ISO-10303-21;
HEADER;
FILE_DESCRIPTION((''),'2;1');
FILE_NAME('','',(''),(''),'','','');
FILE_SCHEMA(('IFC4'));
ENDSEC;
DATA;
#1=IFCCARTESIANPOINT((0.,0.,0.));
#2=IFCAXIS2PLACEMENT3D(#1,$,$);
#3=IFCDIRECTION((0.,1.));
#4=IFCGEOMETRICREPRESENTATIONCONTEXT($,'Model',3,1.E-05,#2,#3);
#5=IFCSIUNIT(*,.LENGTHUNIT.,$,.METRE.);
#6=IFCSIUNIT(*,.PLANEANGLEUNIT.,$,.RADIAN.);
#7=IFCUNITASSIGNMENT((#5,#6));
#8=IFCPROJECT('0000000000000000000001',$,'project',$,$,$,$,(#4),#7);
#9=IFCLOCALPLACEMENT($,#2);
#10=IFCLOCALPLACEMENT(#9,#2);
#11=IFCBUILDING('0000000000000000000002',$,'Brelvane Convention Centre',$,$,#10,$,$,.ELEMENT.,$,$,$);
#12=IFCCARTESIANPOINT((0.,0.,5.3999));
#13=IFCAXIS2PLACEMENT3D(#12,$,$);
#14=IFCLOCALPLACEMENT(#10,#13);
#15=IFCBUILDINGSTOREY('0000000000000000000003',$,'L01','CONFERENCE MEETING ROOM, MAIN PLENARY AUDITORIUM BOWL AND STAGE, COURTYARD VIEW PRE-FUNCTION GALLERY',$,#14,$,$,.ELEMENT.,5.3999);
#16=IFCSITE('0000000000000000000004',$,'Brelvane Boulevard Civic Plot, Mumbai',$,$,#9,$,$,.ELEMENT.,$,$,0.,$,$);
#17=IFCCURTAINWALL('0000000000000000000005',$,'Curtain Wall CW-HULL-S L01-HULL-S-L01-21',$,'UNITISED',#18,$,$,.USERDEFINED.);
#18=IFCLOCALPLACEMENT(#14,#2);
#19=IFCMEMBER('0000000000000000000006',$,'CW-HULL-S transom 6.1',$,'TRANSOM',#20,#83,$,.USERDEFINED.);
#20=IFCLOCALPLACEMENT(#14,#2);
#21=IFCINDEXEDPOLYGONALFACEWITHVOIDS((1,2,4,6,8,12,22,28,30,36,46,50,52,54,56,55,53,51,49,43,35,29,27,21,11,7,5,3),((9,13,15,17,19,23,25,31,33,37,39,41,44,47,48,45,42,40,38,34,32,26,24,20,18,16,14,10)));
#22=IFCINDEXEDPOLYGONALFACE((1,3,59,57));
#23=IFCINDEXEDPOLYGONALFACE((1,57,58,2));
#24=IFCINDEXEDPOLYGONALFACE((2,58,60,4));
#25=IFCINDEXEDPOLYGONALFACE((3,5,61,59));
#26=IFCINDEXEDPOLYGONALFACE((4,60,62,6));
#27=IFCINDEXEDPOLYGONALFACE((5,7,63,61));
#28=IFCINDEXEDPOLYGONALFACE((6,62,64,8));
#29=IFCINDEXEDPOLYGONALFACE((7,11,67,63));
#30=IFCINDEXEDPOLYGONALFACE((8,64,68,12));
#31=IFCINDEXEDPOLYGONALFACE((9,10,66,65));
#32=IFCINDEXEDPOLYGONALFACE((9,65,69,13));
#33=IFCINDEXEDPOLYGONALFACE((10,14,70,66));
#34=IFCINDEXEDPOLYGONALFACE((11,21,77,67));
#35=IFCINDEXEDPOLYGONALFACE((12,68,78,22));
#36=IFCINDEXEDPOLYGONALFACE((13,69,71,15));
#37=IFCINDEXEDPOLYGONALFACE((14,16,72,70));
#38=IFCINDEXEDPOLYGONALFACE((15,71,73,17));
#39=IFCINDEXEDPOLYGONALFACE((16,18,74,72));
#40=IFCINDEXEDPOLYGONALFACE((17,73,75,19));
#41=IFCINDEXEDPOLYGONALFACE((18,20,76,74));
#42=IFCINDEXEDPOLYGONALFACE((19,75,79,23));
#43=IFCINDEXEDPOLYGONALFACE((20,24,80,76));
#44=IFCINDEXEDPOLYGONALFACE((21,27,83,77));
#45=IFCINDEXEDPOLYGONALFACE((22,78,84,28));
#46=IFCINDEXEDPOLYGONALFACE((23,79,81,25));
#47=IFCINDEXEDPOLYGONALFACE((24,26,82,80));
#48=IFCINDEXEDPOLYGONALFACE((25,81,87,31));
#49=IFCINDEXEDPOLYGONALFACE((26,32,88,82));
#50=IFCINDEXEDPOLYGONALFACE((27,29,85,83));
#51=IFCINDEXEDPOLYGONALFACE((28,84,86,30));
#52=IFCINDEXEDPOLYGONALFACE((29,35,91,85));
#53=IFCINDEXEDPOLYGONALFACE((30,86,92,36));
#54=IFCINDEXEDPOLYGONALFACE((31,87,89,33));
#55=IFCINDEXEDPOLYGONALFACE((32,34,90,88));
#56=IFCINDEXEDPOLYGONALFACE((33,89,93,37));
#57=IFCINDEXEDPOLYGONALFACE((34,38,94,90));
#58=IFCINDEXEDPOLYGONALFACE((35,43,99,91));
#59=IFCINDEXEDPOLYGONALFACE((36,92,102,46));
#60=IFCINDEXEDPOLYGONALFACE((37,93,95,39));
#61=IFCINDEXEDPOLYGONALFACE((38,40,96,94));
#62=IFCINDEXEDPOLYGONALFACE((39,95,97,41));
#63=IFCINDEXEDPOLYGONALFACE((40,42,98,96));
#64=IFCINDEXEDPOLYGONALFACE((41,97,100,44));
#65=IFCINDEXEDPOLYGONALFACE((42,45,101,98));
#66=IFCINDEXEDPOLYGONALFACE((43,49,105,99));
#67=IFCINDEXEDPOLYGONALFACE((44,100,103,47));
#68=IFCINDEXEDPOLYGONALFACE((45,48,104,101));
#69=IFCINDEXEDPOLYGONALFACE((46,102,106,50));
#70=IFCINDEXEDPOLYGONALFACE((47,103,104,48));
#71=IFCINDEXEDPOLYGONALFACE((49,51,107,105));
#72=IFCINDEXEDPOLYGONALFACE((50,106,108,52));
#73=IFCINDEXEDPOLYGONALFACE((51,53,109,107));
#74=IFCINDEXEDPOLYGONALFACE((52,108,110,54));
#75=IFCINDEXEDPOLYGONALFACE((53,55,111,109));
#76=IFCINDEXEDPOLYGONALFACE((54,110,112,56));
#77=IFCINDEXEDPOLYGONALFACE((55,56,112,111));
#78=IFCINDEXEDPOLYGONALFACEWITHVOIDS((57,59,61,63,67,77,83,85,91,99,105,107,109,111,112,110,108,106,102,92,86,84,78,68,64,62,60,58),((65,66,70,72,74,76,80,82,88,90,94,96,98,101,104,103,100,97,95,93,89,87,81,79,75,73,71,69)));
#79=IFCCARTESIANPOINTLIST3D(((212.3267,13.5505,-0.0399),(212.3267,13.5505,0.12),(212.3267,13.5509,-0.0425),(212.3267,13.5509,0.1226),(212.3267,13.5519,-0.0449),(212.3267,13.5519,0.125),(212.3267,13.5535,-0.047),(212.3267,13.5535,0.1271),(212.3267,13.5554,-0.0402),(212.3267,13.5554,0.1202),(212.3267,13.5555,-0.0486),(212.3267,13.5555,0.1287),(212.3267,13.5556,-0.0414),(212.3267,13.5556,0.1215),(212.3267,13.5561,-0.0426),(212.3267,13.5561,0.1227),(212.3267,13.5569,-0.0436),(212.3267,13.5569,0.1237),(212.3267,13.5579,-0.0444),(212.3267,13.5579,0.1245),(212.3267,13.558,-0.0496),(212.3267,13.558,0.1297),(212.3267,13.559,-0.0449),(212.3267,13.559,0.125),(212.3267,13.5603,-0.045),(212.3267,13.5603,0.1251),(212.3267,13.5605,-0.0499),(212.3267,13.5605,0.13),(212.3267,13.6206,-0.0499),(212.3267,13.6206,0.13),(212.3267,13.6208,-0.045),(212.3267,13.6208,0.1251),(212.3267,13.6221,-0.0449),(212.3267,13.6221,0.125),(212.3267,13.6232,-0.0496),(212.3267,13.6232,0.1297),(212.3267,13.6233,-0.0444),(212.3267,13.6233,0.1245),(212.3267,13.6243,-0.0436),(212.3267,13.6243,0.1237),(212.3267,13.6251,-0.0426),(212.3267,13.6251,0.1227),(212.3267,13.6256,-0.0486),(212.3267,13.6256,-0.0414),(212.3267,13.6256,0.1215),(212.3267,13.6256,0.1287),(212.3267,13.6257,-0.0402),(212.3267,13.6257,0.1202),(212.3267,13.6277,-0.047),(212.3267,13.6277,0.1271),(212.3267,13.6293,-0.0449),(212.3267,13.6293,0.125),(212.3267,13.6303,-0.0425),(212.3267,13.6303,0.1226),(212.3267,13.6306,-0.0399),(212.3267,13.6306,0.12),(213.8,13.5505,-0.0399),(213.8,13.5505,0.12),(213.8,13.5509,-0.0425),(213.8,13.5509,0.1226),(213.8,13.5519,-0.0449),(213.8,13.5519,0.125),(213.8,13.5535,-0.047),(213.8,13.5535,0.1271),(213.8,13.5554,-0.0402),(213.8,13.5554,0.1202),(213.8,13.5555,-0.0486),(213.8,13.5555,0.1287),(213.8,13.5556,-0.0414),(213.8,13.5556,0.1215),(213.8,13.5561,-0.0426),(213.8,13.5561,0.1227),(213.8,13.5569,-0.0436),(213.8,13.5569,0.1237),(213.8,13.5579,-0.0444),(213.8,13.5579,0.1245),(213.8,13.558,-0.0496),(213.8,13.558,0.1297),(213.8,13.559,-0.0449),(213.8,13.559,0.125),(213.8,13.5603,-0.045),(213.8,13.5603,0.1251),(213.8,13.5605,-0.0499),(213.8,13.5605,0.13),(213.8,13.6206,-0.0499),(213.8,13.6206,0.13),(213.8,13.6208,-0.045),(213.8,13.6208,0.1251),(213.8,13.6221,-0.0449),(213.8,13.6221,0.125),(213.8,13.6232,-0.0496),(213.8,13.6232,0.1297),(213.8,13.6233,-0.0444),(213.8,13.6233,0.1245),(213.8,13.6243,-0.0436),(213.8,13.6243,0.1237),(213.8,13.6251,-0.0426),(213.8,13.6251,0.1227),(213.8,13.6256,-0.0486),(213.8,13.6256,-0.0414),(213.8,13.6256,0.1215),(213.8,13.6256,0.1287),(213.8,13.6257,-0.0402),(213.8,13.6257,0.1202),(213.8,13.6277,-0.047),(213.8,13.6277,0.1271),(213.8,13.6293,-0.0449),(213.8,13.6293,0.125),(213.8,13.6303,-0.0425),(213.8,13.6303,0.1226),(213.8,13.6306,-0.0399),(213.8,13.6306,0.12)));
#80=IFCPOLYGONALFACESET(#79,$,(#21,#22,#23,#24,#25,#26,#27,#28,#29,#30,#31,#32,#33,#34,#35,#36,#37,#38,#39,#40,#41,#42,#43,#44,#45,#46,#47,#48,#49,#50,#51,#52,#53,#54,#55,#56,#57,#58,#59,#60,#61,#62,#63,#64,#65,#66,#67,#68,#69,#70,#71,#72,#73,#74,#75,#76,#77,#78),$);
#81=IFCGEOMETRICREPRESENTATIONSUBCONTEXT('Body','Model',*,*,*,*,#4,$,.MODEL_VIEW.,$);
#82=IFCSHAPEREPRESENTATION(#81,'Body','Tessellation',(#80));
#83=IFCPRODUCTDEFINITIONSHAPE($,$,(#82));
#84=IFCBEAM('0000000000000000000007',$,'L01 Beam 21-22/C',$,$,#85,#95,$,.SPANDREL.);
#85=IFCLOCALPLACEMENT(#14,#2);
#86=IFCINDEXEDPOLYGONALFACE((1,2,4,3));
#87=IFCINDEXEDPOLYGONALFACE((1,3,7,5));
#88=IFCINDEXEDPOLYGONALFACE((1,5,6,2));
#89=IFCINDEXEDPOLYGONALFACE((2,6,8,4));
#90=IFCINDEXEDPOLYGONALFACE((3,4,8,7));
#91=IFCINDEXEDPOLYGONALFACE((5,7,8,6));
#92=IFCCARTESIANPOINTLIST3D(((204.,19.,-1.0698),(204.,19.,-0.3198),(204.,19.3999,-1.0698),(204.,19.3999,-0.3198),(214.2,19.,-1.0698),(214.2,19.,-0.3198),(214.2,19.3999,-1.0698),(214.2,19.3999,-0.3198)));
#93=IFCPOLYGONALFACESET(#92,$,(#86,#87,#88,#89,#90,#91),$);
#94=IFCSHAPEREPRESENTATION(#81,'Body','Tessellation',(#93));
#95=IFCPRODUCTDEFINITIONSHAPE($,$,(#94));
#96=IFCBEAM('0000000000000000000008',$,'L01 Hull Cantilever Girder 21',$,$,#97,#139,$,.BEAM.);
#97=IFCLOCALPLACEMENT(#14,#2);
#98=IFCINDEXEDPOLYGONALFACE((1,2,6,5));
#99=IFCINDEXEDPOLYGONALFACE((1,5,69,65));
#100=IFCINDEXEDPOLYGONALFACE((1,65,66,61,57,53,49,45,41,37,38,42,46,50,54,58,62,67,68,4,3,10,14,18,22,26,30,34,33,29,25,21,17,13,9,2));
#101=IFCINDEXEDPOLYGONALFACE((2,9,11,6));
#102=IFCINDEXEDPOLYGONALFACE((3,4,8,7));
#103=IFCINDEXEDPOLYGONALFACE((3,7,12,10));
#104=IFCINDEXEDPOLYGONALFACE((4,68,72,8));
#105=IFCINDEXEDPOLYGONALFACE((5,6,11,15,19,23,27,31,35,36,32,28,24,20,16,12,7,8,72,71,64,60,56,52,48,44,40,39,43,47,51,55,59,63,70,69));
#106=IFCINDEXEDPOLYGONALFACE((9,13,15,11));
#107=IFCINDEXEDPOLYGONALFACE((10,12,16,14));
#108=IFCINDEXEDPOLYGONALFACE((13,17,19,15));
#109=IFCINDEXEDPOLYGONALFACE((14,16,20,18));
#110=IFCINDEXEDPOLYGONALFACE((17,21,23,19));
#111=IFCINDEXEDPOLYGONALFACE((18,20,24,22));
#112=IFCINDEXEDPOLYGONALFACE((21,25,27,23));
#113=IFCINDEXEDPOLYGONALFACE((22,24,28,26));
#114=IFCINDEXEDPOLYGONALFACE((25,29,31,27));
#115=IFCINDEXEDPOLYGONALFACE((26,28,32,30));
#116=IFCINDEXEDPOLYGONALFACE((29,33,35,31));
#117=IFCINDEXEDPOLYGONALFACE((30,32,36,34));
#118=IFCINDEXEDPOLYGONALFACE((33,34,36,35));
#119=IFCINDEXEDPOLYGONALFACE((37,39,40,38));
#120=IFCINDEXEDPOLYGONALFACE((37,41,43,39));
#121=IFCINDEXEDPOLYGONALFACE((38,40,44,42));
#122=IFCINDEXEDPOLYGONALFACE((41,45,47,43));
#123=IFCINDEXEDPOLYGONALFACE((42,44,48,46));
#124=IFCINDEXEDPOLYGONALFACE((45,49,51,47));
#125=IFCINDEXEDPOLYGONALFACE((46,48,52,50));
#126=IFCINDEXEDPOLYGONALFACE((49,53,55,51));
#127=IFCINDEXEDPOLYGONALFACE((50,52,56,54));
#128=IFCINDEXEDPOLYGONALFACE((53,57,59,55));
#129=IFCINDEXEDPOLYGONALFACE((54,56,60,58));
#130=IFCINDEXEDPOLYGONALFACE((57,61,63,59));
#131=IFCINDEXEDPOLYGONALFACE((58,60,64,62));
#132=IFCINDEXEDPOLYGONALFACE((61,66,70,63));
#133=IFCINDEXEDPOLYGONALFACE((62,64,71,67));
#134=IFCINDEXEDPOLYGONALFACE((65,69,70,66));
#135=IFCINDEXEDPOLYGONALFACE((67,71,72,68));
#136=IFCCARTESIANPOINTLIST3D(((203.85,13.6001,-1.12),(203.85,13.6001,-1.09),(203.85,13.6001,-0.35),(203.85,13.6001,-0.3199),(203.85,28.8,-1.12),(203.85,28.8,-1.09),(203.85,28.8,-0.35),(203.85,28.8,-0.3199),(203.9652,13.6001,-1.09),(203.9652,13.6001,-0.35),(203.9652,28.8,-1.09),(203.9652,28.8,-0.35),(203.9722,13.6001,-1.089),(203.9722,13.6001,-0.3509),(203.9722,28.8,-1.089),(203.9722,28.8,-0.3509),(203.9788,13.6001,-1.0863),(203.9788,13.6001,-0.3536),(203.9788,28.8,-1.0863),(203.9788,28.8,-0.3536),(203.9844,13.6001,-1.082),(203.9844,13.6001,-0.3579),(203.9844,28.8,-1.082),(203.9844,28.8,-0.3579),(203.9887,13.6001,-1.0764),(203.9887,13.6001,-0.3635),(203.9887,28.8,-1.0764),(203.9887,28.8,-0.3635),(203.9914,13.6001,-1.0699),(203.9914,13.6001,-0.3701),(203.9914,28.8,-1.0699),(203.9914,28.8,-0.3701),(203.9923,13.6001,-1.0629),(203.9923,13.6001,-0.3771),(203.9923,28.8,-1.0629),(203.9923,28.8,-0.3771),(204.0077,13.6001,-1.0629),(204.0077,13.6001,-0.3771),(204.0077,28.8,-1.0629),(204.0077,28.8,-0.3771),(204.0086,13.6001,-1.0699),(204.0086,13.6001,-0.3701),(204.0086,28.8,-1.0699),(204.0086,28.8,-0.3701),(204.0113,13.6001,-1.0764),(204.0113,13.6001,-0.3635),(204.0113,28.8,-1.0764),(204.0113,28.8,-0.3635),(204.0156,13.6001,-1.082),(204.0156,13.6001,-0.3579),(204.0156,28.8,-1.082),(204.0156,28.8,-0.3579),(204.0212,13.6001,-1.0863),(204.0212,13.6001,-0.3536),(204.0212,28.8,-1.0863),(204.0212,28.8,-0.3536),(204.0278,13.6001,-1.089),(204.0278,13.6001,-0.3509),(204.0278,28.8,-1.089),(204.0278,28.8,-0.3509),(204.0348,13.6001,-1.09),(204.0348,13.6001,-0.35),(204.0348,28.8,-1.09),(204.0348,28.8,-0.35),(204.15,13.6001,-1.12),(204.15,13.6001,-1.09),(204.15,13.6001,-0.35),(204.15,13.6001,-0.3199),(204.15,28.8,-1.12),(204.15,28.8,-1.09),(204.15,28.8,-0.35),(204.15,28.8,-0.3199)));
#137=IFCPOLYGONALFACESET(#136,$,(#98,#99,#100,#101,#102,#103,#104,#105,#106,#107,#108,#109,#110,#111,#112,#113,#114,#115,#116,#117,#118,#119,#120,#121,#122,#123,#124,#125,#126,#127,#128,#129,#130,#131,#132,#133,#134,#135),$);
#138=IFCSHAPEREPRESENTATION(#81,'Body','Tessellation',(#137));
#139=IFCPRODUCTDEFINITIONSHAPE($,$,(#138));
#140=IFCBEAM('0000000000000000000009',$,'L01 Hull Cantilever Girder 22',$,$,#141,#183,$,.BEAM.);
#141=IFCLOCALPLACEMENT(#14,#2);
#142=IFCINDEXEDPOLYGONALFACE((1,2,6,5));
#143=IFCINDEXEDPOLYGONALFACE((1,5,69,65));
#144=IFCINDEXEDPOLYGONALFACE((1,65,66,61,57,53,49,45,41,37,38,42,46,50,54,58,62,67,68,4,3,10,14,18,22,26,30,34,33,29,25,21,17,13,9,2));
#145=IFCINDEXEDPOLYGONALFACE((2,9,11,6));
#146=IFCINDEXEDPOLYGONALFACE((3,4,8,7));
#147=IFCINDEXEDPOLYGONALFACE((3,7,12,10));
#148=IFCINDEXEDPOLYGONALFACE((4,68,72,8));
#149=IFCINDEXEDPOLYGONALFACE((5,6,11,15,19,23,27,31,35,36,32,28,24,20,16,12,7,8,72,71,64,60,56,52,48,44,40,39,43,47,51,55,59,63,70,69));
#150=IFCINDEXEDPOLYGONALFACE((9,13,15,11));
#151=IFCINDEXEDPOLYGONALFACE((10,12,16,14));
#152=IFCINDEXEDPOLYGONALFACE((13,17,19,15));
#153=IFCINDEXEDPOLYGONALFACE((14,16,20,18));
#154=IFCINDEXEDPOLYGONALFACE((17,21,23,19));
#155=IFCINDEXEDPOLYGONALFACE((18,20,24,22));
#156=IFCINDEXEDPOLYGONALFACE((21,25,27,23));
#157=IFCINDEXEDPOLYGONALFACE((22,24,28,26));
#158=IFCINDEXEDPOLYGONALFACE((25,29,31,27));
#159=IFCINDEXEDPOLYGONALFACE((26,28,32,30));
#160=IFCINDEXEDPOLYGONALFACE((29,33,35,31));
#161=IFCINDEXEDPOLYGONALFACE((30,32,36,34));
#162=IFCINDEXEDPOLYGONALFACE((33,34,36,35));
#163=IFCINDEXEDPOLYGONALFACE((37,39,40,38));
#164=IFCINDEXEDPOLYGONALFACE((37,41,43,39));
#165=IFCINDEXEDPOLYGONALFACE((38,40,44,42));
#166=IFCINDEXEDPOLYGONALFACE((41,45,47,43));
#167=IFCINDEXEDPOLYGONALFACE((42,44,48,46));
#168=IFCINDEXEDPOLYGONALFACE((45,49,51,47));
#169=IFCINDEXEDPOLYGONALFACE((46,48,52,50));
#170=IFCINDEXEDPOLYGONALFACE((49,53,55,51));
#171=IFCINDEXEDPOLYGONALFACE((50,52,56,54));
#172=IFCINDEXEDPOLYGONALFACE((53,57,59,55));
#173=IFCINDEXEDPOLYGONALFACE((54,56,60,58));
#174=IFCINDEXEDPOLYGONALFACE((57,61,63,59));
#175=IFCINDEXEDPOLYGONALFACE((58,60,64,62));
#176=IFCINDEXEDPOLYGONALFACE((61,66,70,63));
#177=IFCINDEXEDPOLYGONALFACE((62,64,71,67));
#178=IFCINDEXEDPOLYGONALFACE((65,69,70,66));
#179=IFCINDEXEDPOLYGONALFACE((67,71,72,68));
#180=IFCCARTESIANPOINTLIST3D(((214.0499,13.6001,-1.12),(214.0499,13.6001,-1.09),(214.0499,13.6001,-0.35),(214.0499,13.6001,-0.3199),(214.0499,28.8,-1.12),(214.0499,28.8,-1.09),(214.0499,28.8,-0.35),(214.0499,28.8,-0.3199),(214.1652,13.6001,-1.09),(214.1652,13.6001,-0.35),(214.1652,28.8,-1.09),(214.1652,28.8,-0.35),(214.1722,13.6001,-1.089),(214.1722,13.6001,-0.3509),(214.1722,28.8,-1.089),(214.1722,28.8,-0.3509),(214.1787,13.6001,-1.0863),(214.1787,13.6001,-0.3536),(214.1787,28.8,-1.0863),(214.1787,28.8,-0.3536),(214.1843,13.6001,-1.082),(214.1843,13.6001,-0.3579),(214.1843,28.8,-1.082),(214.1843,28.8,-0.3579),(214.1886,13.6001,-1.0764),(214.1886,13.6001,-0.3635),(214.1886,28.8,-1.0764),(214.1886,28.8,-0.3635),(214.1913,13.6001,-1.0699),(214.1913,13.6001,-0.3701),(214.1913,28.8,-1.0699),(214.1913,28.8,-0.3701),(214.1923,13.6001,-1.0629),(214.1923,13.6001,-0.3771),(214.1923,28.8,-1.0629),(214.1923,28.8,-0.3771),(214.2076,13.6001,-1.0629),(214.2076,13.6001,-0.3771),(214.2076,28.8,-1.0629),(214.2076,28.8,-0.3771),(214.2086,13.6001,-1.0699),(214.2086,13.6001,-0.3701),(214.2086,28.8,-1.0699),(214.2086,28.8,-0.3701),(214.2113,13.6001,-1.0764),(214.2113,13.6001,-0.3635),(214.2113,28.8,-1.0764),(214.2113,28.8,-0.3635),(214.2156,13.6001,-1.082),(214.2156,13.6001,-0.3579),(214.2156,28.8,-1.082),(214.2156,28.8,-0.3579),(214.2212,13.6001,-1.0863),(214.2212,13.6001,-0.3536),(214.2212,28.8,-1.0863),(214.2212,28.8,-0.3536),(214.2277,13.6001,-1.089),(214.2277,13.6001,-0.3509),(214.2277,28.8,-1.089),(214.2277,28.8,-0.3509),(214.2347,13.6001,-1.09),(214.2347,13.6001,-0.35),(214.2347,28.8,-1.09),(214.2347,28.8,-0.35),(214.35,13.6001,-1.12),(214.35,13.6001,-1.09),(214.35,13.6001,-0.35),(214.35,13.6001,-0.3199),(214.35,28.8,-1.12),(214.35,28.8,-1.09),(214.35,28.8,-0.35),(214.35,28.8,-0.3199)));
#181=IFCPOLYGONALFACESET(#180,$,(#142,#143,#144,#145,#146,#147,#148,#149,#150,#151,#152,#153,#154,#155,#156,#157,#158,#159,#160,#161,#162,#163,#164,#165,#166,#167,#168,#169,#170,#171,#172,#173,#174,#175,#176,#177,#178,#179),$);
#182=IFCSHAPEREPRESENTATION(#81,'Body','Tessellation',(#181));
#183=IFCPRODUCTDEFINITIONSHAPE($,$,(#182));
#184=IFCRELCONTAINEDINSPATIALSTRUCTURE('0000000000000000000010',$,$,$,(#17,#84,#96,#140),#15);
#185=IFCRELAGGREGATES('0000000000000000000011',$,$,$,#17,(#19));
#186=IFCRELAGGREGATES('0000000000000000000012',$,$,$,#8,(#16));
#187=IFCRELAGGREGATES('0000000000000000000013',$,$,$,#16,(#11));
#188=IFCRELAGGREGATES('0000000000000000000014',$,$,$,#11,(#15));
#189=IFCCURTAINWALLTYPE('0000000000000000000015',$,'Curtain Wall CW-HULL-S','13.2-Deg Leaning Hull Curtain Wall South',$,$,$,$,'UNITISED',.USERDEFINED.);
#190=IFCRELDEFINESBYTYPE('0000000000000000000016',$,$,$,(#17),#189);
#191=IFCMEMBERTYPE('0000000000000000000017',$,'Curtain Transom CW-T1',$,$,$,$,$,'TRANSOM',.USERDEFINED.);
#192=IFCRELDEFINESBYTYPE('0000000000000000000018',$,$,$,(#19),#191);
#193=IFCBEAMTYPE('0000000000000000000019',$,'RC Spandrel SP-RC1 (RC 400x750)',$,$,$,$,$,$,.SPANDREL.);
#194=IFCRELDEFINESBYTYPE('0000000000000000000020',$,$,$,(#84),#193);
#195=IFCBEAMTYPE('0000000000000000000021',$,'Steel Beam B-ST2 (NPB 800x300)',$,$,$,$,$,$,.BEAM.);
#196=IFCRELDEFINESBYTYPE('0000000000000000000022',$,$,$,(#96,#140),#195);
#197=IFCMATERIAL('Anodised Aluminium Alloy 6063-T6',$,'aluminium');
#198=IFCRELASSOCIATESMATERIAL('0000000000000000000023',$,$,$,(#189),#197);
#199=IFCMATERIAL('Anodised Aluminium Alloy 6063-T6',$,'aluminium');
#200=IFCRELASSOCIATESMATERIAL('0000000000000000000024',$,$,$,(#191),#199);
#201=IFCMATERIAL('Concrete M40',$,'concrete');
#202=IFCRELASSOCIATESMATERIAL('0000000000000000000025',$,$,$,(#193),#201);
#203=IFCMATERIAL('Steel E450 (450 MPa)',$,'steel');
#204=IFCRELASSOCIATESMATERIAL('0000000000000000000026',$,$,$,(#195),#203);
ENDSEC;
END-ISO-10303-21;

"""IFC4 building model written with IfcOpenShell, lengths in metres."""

from ifc_helpers import new_model, si_unit, direction, frame, origin, origin_2d, place, context, subcontext, project, spatial, rectangle, hollow_rectangle, i_section, extrude, material, material_profile, profile_set, type_object, element, aggregate, save


model = new_model("IFC4")

# Units and contexts
model_context = context("Model", 3, precision=1e-05, world=origin(), true_north=direction((0.0, 1.0)))
body_context = subcontext(model_context, "Body", "Model", "MODEL_VIEW")
ifc_project = project(units=[si_unit("LENGTHUNIT", "METRE"), si_unit("PLANEANGLEUNIT", "RADIAN")], contexts=[model_context])

# Site, building, storey
site_placement = place(None, origin())
site = spatial("IfcSite", under=ifc_project, at=site_placement, Name="Brelvane Boulevard Civic Plot, Mumbai", CompositionType="ELEMENT", RefElevation=0.0)
building_placement = place(site_placement, origin())
building = spatial("IfcBuilding", under=site, at=building_placement, Name="Brelvane Convention Centre", CompositionType="ELEMENT")
storey_placement = place(building_placement, frame((0.0, 0.0, 5.3999)))
storey = spatial("IfcBuildingStorey", under=building, at=storey_placement, Name="L01", Description="CONFERENCE MEETING ROOM, MAIN PLENARY AUDITORIUM BOWL AND STAGE, COURTYARD VIEW PRE-FUNCTION GALLERY", CompositionType="ELEMENT", Elevation=5.3999)

# Curtain wall
ifc_material_1 = material(Name="Anodised Aluminium Alloy 6063-T6", Category="aluminium")
curtain_wall_type = type_object("IfcCurtainWallType", Name="Curtain Wall CW-HULL-S", Description="13.2-Deg Leaning Hull Curtain Wall South", ElementType="UNITISED", PredefinedType="USERDEFINED", material=ifc_material_1)
curtain_wall_1_placement = place(storey_placement, origin())
curtain_wall_1 = element("IfcCurtainWall", 1, at=curtain_wall_1_placement, inside=storey, type_object=curtain_wall_type, Name="Curtain Wall CW-HULL-S L01-HULL-S-L01-21", ObjectType="UNITISED", PredefinedType="USERDEFINED")

# Member
ifc_material_2 = material(Name="Anodised Aluminium Alloy 6063-T6", Category="aluminium")
ifc_material_profile_1 = material_profile(ifc_material_2, hollow_rectangle(XDim=0.0801, YDim=0.1799, WallThickness=0.0049, InnerFilletRadius=0.0049, OuterFilletRadius=0.01, at=origin_2d()), Name="ALU-T 180x80x5.0")
ifc_profile_set_1 = profile_set([ifc_material_profile_1], Name="Anodised Aluminium Alloy 6063-T6")
member_type_1 = type_object("IfcMemberType", Name="Curtain Transom CW-T1", ElementType="TRANSOM", PredefinedType="USERDEFINED", material=ifc_profile_set_1)
member_1_placement = place(storey_placement, frame((212.3267, 13.5906, 0.04), z_axis=(1.0, 0.0, 0.0), x_axis=(0.0, 1.0, 0.0)))
member_1 = element("IfcMember", 2, at=member_1_placement, type_object=member_type_1, Name="CW-HULL-S transom 6.1", ObjectType="TRANSOM", PredefinedType="USERDEFINED", context=body_context, shape_type="SweptSolid", body=[
    extrude(hollow_rectangle(XDim=0.0801, YDim=0.1799, WallThickness=0.0049, InnerFilletRadius=0.0049, OuterFilletRadius=0.01, at=origin_2d()), origin(), (0.0, 0.0, 1.0), 1.4734),
])
aggregate(curtain_wall_1, [member_1])

# Beams
ifc_material_3 = material(Name="Concrete M40", Category="concrete")
ifc_material_profile_2 = material_profile(ifc_material_3, rectangle(XDim=0.3999, YDim=0.75, at=origin_2d()), Name="RC 400x750")
ifc_profile_set_2 = profile_set([ifc_material_profile_2], Name="Concrete M40")
beam_type_1 = type_object("IfcBeamType", Name="RC Spandrel SP-RC1 (RC 400x750)", PredefinedType="SPANDREL", material=ifc_profile_set_2)
beam_placement = place(storey_placement, frame((204.0, 19.2, -0.6948), z_axis=(1.0, 0.0, 0.0), x_axis=(0.0, 1.0, 0.0)))
element("IfcBeam", 3, at=beam_placement, inside=storey, type_object=beam_type_1, Name="L01 Beam 21-22/C", PredefinedType="SPANDREL", context=body_context, shape_type="SweptSolid", body=[
    extrude(rectangle(XDim=0.3999, YDim=0.75, at=origin_2d()), origin(), (0.0, 0.0, 1.0), 10.2),
])
ifc_material_4 = material(Name="Steel E450 (450 MPa)", Category="steel")
ifc_material_profile_3 = material_profile(ifc_material_4, i_section(OverallWidth=0.3, OverallDepth=0.8, WebThickness=0.0154, FlangeThickness=0.03, FilletRadius=0.0271, at=origin_2d()), Name="NPB 800x300")
ifc_profile_set_3 = profile_set([ifc_material_profile_3], Name="Steel E450 (450 MPa)")
beam_type_2 = type_object("IfcBeamType", Name="Steel Beam B-ST2 (NPB 800x300)", PredefinedType="BEAM", material=ifc_profile_set_3)
for number, where, z_axis, x_axis, name in (
    (4, (204.0, 13.6001, -0.72), (0.0, 1.0, 0.0), (-1.0, 0.0, 0.0), "L01 Hull Cantilever Girder 21"),
    (5, (214.2, 13.6001, -0.72), (0.0, 1.0, 0.0), (-1.0, 0.0, 0.0), "L01 Hull Cantilever Girder 22"),
):
    element("IfcBeam", number, at=place(storey_placement, frame(where, z_axis=z_axis, x_axis=x_axis)), inside=storey, type_object=beam_type_2, Name=name, PredefinedType="BEAM", context=body_context, shape_type="SweptSolid", body=[
        extrude(i_section(OverallWidth=0.3, OverallDepth=0.8, WebThickness=0.0154, FlangeThickness=0.03, FilletRadius=0.0271, at=origin_2d()), origin(), (0.0, 0.0, 1.0), 15.2),
    ])

save(model, "model.ifc")
